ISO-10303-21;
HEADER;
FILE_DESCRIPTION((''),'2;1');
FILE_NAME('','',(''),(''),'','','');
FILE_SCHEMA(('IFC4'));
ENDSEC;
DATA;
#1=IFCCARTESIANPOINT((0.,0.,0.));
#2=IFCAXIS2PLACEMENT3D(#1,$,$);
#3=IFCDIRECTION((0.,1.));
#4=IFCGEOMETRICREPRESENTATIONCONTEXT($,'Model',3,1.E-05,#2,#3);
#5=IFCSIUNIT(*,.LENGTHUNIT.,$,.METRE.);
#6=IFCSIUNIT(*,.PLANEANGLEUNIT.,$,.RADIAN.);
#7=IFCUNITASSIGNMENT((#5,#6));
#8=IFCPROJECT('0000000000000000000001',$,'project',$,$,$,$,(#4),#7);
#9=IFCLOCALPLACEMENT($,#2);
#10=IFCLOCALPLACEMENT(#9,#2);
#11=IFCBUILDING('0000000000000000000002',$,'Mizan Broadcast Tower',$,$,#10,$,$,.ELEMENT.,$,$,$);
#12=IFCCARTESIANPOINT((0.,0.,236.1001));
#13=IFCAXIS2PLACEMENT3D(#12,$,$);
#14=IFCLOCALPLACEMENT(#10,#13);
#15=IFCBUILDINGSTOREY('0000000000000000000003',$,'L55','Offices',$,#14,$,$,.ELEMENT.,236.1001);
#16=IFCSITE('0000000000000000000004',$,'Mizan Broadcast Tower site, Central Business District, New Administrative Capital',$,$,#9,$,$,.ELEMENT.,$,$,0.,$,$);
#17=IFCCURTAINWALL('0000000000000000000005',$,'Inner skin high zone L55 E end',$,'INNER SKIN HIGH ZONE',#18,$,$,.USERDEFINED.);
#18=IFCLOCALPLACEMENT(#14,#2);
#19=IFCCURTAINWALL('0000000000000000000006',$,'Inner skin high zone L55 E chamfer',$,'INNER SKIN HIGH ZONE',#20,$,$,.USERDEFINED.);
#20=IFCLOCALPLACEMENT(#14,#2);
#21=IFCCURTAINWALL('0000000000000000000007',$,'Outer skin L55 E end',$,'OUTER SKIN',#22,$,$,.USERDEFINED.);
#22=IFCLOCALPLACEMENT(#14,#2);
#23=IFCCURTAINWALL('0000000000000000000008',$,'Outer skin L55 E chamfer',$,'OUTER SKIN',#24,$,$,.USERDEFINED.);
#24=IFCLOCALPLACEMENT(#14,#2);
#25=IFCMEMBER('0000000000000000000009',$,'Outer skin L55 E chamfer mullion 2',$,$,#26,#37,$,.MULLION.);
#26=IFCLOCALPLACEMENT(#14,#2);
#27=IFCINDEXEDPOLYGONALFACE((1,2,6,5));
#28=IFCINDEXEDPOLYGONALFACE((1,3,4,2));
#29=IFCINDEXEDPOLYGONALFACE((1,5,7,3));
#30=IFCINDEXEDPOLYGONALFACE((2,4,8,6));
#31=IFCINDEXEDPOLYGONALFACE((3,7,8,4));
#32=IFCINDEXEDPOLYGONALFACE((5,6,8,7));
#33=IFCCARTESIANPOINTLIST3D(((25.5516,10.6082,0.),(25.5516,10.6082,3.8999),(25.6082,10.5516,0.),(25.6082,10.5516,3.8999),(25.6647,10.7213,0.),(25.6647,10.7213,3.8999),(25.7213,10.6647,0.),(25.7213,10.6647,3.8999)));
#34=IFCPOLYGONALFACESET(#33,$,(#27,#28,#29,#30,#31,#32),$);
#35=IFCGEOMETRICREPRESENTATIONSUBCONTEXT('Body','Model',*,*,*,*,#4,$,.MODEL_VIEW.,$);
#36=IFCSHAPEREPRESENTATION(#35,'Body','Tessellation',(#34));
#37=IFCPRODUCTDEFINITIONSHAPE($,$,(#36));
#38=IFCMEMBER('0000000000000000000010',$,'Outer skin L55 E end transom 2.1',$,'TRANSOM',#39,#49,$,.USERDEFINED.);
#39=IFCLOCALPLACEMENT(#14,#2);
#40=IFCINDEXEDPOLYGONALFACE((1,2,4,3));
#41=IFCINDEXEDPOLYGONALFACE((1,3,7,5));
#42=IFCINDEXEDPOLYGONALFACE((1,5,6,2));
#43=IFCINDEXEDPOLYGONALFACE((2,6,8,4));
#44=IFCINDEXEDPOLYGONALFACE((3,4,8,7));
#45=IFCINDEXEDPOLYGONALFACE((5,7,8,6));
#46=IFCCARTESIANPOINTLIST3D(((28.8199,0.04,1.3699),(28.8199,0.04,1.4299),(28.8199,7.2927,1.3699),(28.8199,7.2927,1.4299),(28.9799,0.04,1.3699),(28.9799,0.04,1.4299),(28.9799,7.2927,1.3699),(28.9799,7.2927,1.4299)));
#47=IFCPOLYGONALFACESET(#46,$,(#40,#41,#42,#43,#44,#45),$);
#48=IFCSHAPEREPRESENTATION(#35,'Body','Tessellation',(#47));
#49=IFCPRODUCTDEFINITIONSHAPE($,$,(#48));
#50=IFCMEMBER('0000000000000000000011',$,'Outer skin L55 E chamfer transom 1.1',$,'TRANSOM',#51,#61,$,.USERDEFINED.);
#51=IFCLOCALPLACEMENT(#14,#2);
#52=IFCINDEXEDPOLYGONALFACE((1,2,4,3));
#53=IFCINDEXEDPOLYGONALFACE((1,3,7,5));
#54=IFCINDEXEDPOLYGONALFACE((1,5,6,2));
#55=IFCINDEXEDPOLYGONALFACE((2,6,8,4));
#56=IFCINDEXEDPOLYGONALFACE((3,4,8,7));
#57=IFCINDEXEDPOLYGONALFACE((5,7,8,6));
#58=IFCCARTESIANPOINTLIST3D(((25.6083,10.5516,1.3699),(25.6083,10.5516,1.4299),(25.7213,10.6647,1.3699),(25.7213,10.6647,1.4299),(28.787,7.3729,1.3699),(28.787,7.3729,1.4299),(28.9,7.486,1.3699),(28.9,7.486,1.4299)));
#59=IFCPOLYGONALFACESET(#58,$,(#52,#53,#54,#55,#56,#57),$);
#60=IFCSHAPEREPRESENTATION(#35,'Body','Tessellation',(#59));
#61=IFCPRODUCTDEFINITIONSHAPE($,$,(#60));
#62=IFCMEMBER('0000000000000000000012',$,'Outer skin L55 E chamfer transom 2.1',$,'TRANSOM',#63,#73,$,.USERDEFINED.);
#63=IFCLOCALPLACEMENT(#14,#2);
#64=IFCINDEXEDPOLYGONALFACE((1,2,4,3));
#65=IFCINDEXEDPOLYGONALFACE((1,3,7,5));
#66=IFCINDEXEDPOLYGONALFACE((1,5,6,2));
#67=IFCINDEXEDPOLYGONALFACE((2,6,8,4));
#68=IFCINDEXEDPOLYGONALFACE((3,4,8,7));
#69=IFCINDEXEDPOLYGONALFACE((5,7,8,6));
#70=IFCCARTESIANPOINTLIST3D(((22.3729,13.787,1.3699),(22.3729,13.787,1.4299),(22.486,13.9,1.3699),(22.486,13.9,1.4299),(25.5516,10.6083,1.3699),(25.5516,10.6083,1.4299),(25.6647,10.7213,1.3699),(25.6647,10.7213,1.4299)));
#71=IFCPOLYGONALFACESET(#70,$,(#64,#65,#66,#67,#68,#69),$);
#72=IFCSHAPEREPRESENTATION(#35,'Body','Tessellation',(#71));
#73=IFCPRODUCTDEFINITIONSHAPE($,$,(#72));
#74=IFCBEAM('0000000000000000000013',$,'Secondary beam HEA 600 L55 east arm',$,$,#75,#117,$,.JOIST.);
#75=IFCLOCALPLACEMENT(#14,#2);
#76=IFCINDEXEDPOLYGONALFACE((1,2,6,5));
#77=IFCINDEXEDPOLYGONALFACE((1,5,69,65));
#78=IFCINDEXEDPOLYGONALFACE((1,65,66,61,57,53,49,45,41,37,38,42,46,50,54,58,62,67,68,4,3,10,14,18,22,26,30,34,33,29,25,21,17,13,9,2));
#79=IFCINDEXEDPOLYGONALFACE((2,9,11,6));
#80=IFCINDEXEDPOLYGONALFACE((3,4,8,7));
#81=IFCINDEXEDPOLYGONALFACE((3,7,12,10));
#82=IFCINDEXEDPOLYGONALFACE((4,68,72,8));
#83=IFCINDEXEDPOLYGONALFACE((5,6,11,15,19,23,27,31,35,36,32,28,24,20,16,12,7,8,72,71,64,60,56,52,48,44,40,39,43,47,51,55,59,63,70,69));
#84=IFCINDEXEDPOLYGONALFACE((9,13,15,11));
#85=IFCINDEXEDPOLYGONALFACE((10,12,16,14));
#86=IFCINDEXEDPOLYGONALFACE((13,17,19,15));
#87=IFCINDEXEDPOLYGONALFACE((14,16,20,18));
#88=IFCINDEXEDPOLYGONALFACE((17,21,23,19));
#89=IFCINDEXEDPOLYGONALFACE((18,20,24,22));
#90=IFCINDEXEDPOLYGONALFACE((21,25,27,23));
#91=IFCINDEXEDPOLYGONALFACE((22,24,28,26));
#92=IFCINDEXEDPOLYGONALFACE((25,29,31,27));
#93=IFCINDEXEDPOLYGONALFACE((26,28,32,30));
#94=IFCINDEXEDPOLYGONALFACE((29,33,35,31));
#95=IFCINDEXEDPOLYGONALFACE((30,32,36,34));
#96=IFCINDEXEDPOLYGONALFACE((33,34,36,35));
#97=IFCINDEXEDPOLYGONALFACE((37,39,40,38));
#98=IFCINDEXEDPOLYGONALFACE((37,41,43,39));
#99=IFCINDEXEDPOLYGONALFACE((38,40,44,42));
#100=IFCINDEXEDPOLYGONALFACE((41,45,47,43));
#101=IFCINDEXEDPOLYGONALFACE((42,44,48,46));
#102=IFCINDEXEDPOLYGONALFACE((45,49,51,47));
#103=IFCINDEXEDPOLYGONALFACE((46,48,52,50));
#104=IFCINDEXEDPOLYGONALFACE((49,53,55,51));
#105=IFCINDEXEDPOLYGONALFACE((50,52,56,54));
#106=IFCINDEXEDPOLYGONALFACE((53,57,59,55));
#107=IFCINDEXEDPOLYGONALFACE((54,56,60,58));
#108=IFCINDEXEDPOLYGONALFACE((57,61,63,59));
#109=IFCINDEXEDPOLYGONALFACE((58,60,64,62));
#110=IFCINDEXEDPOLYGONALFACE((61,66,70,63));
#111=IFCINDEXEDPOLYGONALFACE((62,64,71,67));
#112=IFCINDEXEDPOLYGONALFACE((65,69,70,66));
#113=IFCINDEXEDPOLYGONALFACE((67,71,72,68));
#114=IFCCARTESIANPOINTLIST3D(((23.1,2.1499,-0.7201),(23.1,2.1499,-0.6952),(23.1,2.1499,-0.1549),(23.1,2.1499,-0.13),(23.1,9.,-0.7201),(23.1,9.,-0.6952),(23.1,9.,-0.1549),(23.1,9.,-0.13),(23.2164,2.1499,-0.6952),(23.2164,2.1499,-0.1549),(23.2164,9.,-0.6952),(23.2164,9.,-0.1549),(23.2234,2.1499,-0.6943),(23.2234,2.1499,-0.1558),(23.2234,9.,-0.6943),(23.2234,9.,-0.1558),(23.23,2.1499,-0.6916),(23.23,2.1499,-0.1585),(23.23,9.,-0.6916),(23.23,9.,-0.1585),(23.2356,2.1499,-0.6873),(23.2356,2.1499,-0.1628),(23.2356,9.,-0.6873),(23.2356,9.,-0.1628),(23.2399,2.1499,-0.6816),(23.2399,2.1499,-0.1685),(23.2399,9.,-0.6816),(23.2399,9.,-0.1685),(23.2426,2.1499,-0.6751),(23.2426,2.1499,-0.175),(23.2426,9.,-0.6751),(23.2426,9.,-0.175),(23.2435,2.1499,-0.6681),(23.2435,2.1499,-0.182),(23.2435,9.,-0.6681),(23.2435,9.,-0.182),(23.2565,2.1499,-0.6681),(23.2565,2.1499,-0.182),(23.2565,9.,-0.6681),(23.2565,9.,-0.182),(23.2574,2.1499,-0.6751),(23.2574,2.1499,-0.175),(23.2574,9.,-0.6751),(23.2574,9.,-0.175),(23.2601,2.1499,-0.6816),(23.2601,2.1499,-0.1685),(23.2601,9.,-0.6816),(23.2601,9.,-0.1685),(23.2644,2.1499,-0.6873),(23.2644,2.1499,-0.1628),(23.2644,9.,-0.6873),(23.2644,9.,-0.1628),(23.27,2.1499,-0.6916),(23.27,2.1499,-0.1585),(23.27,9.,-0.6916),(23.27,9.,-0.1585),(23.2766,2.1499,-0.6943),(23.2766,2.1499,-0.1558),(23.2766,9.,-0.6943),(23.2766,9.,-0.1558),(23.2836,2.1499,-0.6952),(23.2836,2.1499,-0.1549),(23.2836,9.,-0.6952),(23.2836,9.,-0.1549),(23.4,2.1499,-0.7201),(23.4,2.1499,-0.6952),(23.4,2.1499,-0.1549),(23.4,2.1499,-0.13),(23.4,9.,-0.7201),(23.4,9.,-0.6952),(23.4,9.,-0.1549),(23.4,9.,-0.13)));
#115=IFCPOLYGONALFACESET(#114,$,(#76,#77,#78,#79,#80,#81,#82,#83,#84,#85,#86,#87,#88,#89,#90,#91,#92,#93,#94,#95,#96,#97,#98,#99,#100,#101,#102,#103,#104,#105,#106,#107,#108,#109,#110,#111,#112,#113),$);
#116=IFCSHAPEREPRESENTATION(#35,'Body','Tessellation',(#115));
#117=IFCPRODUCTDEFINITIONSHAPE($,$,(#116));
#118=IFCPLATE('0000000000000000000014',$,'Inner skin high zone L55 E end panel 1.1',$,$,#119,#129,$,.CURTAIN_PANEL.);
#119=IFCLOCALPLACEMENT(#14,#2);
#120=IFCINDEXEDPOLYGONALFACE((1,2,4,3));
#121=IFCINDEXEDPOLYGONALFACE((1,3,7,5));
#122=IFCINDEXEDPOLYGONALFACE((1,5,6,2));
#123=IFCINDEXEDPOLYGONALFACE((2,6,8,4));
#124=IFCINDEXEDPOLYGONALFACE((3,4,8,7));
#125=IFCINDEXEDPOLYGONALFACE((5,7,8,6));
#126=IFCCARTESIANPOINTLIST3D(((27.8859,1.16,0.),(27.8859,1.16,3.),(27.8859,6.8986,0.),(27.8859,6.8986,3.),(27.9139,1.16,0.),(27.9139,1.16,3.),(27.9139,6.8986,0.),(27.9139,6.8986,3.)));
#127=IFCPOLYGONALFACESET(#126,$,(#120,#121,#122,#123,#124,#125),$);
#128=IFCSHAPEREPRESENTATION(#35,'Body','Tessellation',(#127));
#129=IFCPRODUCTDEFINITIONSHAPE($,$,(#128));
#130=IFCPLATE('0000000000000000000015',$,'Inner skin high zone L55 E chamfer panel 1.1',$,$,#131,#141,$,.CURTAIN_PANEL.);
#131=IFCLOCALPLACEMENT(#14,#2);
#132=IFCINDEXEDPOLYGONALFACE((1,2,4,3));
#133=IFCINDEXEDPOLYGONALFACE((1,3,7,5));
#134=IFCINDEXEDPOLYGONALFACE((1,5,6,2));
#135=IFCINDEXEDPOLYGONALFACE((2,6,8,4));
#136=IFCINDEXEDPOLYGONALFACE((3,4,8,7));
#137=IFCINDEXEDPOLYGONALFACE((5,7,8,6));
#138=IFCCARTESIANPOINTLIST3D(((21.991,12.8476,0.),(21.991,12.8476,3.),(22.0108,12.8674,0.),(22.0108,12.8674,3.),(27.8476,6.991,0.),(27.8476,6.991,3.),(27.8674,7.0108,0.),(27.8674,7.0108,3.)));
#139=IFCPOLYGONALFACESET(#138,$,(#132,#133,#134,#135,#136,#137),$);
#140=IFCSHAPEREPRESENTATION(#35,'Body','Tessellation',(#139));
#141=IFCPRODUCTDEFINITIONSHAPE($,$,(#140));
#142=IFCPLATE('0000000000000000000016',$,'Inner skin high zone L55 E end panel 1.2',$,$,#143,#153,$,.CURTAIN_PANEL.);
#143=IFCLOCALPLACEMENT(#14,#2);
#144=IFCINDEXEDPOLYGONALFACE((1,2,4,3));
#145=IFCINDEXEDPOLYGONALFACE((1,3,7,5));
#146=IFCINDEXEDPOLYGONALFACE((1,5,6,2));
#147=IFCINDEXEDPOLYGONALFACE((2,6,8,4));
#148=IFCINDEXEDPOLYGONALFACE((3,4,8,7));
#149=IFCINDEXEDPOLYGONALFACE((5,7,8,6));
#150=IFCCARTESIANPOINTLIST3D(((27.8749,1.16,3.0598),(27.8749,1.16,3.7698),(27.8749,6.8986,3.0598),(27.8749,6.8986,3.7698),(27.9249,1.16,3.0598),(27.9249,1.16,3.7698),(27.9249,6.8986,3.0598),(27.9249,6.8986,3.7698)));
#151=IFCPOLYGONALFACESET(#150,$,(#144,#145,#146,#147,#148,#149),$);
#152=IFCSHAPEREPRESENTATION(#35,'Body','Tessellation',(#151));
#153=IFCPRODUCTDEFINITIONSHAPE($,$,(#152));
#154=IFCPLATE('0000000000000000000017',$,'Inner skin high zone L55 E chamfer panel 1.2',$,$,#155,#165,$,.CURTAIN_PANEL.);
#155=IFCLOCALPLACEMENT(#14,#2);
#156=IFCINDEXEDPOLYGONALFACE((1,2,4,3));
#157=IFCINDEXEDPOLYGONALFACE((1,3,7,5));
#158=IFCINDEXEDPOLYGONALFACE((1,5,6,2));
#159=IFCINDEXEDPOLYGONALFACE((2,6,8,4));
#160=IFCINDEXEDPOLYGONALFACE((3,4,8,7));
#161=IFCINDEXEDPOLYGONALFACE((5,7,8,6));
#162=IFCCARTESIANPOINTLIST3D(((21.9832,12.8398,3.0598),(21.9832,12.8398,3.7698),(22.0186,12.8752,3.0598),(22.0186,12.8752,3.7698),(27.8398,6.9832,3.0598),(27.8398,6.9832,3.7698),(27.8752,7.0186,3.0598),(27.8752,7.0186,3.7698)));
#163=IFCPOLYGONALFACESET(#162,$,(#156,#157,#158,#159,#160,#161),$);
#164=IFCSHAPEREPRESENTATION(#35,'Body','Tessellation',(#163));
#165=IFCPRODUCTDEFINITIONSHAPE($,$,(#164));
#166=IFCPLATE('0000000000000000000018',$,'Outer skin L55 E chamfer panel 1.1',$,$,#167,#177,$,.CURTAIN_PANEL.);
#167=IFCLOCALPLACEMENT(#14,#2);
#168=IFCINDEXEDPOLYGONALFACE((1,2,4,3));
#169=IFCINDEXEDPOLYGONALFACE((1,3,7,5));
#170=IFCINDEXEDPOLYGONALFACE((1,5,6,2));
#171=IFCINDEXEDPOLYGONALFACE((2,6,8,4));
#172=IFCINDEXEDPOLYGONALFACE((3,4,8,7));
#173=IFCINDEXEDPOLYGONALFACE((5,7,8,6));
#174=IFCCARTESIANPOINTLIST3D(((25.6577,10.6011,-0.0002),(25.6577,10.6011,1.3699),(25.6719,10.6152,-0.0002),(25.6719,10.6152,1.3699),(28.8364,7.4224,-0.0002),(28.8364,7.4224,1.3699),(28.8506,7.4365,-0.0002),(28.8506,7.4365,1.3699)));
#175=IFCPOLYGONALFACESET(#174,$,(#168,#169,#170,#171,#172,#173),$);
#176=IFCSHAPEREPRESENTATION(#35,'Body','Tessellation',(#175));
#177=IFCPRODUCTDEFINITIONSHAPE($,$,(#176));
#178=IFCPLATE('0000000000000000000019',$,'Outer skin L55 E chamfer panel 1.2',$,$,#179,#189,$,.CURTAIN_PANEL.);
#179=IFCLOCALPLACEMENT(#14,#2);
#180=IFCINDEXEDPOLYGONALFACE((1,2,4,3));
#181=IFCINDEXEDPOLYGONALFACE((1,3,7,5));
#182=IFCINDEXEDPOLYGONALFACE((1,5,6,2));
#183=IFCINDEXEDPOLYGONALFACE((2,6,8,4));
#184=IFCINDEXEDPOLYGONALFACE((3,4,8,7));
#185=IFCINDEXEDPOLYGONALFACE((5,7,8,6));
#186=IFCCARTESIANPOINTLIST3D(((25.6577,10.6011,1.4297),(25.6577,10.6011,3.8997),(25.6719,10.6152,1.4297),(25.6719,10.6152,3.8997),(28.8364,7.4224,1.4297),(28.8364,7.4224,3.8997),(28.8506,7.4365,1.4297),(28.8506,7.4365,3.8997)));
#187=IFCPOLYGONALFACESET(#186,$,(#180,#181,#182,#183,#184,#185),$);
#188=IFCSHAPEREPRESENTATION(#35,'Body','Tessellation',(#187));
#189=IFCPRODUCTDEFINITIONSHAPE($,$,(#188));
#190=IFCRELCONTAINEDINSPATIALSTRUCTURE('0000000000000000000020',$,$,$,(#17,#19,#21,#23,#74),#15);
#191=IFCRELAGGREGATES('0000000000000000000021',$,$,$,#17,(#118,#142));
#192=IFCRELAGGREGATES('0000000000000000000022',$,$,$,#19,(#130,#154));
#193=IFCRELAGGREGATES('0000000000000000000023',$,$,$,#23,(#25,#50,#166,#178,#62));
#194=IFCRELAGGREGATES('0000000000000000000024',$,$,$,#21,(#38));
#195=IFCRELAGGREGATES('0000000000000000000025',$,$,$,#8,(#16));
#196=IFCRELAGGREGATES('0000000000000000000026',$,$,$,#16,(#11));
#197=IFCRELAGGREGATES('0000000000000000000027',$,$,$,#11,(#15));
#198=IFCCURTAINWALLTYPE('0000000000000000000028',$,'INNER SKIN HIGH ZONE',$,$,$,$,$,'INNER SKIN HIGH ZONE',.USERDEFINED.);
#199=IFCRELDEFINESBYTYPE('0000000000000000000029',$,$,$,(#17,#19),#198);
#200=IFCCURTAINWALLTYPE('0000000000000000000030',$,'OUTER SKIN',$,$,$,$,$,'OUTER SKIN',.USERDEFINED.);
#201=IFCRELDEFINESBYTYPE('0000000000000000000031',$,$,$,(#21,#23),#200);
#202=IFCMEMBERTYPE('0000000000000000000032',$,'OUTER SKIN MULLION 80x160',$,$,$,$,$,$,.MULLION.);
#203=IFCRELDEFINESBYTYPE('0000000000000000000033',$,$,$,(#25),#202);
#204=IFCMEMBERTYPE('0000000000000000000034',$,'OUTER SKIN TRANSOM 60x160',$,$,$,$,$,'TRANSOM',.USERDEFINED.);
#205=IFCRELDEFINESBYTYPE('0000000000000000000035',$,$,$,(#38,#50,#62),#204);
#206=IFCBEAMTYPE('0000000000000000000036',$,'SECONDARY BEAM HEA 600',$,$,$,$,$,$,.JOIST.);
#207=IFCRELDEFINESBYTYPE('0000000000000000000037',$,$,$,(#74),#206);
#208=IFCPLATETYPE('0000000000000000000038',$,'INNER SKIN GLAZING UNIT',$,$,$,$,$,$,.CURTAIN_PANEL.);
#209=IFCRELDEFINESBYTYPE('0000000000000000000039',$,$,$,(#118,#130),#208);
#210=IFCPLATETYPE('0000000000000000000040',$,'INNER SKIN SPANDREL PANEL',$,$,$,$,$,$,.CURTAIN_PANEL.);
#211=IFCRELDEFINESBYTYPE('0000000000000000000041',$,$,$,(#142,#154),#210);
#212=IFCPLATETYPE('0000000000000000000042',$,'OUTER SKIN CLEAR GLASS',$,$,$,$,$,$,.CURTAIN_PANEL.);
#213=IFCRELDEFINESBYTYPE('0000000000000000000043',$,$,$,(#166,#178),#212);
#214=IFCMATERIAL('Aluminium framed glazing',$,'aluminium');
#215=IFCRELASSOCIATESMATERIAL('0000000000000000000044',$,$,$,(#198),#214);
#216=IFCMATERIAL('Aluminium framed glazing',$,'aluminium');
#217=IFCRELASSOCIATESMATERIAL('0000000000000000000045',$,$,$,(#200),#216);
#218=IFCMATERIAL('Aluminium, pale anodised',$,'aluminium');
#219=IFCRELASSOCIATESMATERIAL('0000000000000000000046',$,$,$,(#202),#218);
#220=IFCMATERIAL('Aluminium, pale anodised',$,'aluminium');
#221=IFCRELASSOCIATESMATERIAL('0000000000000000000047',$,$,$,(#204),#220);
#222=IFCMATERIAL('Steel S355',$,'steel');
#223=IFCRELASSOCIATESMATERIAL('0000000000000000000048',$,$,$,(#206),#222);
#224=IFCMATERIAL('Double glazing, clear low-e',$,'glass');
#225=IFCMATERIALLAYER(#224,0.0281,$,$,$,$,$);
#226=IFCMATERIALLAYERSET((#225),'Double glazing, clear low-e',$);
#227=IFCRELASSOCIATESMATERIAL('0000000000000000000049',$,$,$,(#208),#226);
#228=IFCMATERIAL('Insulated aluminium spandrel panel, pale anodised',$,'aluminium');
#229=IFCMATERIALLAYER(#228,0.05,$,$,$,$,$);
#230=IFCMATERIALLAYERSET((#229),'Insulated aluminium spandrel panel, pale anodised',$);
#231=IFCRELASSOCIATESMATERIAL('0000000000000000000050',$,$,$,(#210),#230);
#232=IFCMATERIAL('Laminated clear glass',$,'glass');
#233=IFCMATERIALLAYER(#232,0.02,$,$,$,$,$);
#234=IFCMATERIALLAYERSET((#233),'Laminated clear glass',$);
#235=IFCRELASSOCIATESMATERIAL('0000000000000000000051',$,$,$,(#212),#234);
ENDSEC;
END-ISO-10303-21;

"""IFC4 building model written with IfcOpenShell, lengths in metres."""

from ifc_helpers import new_model, si_unit, direction, frame, origin, origin_2d, place, context, subcontext, project, spatial, rectangle, i_section, extrude, material, layer, layer_set, material_profile, profile_set, type_object, element, aggregate, save


model = new_model("IFC4")

# Units and contexts
model_context = context("Model", 3, precision=1e-05, world=origin(), true_north=direction((0.0, 1.0)))
body_context = subcontext(model_context, "Body", "Model", "MODEL_VIEW")
ifc_project = project(units=[si_unit("LENGTHUNIT", "METRE"), si_unit("PLANEANGLEUNIT", "RADIAN")], contexts=[model_context])

# Site, building, storey
site_placement = place(None, origin())
site = spatial("IfcSite", under=ifc_project, at=site_placement, Name="Mizan Broadcast Tower site, Central Business District, New Administrative Capital", CompositionType="ELEMENT", RefElevation=0.0)
building_placement = place(site_placement, origin())
building = spatial("IfcBuilding", under=site, at=building_placement, Name="Mizan Broadcast Tower", CompositionType="ELEMENT")
storey_placement = place(building_placement, frame((0.0, 0.0, 236.1001)))
storey = spatial("IfcBuildingStorey", under=building, at=storey_placement, Name="L55", Description="Offices", CompositionType="ELEMENT", Elevation=236.1001)

# Curtain wall
ifc_material_1 = material(Name="Aluminium framed glazing", Category="aluminium")
curtain_wall_type_1 = type_object("IfcCurtainWallType", Name="INNER SKIN HIGH ZONE", ElementType="INNER SKIN HIGH ZONE", PredefinedType="USERDEFINED", material=ifc_material_1)
curtain_wall_1_placement = place(storey_placement, origin())
curtain_wall_1 = element("IfcCurtainWall", 1, at=curtain_wall_1_placement, inside=storey, type_object=curtain_wall_type_1, Name="Inner skin high zone L55 E end", ObjectType="INNER SKIN HIGH ZONE", PredefinedType="USERDEFINED")

# Curtain wall
curtain_wall_2_placement = place(storey_placement, origin())
curtain_wall_2 = element("IfcCurtainWall", 2, at=curtain_wall_2_placement, inside=storey, type_object=curtain_wall_type_1, Name="Inner skin high zone L55 E chamfer", ObjectType="INNER SKIN HIGH ZONE", PredefinedType="USERDEFINED")

# Curtain wall
ifc_material_2 = material(Name="Aluminium framed glazing", Category="aluminium")
curtain_wall_type_2 = type_object("IfcCurtainWallType", Name="OUTER SKIN", ElementType="OUTER SKIN", PredefinedType="USERDEFINED", material=ifc_material_2)
curtain_wall_3_placement = place(storey_placement, origin())
curtain_wall_3 = element("IfcCurtainWall", 3, at=curtain_wall_3_placement, inside=storey, type_object=curtain_wall_type_2, Name="Outer skin L55 E end", ObjectType="OUTER SKIN", PredefinedType="USERDEFINED")
ifc_material_3 = material(Name="Aluminium, pale anodised", Category="aluminium")
ifc_material_profile_1 = material_profile(ifc_material_3, rectangle(XDim=0.1599, YDim=0.0801, at=origin_2d()), Name="MULLION 160x80")
ifc_profile_set_1 = profile_set([ifc_material_profile_1], Name="Aluminium, pale anodised")
member_type_1 = type_object("IfcMemberType", Name="OUTER SKIN MULLION 80x160", PredefinedType="MULLION", material=ifc_profile_set_1)

# Curtain wall, member
curtain_wall_4_placement = place(storey_placement, origin())
curtain_wall_4 = element("IfcCurtainWall", 4, at=curtain_wall_4_placement, inside=storey, type_object=curtain_wall_type_2, Name="Outer skin L55 E chamfer", ObjectType="OUTER SKIN", PredefinedType="USERDEFINED")
member_1_placement = place(storey_placement, frame((25.6365, 10.6365, 0.0), z_axis=(0.0, 0.0, 1.0), x_axis=(-0.707107, -0.707107, 0.0)))
member_1 = element("IfcMember", 5, at=member_1_placement, type_object=member_type_1, Name="Outer skin L55 E chamfer mullion 2", PredefinedType="MULLION", context=body_context, shape_type="SweptSolid", body=[
    extrude(rectangle(XDim=0.1599, YDim=0.0801, at=origin_2d()), origin(), (0.0, 0.0, 1.0), 3.8999),
])

# Members
ifc_material_4 = material(Name="Aluminium, pale anodised", Category="aluminium")
ifc_material_profile_2 = material_profile(ifc_material_4, rectangle(XDim=0.1599, YDim=0.0601, at=origin_2d()), Name="TRANSOM 160x60")
ifc_profile_set_2 = profile_set([ifc_material_profile_2], Name="Aluminium, pale anodised")
member_type_2 = type_object("IfcMemberType", Name="OUTER SKIN TRANSOM 60x160", ElementType="TRANSOM", PredefinedType="USERDEFINED", material=ifc_profile_set_2)
member_2_placement = place(storey_placement, frame((28.8999, 0.04, 1.3999), z_axis=(0.0, 1.0, 0.0), x_axis=(-1.0, 0.0, 0.0)))
member_2 = element("IfcMember", 6, at=member_2_placement, type_object=member_type_2, Name="Outer skin L55 E end transom 2.1", ObjectType="TRANSOM", PredefinedType="USERDEFINED", context=body_context, shape_type="SweptSolid", body=[
    extrude(rectangle(XDim=0.1599, YDim=0.0601, at=origin_2d()), origin(), (0.0, 0.0, 1.0), 7.2527),
])
member_3_placement = place(storey_placement, frame((28.8435, 7.4294, 1.3999), z_axis=(-0.707107, 0.707107, 0.0), x_axis=(-0.707107, -0.707107, 0.0)))
member_3 = element("IfcMember", 7, at=member_3_placement, type_object=member_type_2, Name="Outer skin L55 E chamfer transom 1.1", ObjectType="TRANSOM", PredefinedType="USERDEFINED", context=body_context, shape_type="SweptSolid", body=[
    extrude(rectangle(XDim=0.1599, YDim=0.0601, at=origin_2d()), origin(), (0.0, 0.0, 1.0), 4.4954),
])
member_4_placement = place(storey_placement, frame((25.6082, 10.6648, 1.3999), z_axis=(-0.707107, 0.707107, 0.0), x_axis=(-0.707107, -0.707107, 0.0)))
member_4 = element("IfcMember", 8, at=member_4_placement, type_object=member_type_2, Name="Outer skin L55 E chamfer transom 2.1", ObjectType="TRANSOM", PredefinedType="USERDEFINED", context=body_context, shape_type="SweptSolid", body=[
    extrude(rectangle(XDim=0.1599, YDim=0.0601, at=origin_2d()), origin(), (0.0, 0.0, 1.0), 4.4954),
])

# Beam
ifc_material_5 = material(Name="Steel S355", Category="steel")
ifc_material_profile_3 = material_profile(ifc_material_5, i_section(OverallWidth=0.3, OverallDepth=0.5901, WebThickness=0.0129, FlangeThickness=0.0249, FilletRadius=0.0271, at=origin_2d()), Name="HEA 600")
ifc_profile_set_3 = profile_set([ifc_material_profile_3], Name="Steel S355")
beam_type_1 = type_object("IfcBeamType", Name="SECONDARY BEAM HEA 600", PredefinedType="JOIST", material=ifc_profile_set_3)
beam_1_placement = place(storey_placement, frame((23.25, 9.0, -0.425), z_axis=(0.0, -1.0, 0.0), x_axis=(1.0, 0.0, 0.0)))
element("IfcBeam", 9, at=beam_1_placement, inside=storey, type_object=beam_type_1, Name="Secondary beam HEA 600 L55 east arm", PredefinedType="JOIST", context=body_context, shape_type="SweptSolid", body=[
    extrude(i_section(OverallWidth=0.3, OverallDepth=0.5901, WebThickness=0.0129, FlangeThickness=0.0249, FilletRadius=0.0271, at=origin_2d()), origin(), (0.0, 0.0, 1.0), 6.8501),
])

# Plates
ifc_material_6 = material(Name="Double glazing, clear low-e", Category="glass")
ifc_layer_1 = layer(ifc_material_6, 0.0281)
ifc_layer_set_1 = layer_set([ifc_layer_1], Name="Double glazing, clear low-e")
plate_type_1 = type_object("IfcPlateType", Name="INNER SKIN GLAZING UNIT", PredefinedType="CURTAIN_PANEL", material=ifc_layer_set_1)
plate_1_placement = place(storey_placement, frame((27.8999, 4.0293, 0.0), z_axis=(0.0, 0.0, 1.0), x_axis=(0.0, 1.0, 0.0)))
plate_1 = element("IfcPlate", 10, at=plate_1_placement, type_object=plate_type_1, Name="Inner skin high zone L55 E end panel 1.1", PredefinedType="CURTAIN_PANEL", context=body_context, shape_type="SweptSolid", body=[
    extrude(rectangle(XDim=5.7385, YDim=0.0281, at=origin_2d()), origin(), (0.0, 0.0, 1.0), 3.0),
])
plate_2_placement = place(storey_placement, frame((24.9292, 9.9292, 0.0), z_axis=(0.0, 0.0, 1.0), x_axis=(-0.707107, 0.707107, 0.0)))
plate_2 = element("IfcPlate", 11, at=plate_2_placement, type_object=plate_type_1, Name="Inner skin high zone L55 E chamfer panel 1.1", PredefinedType="CURTAIN_PANEL", context=body_context, shape_type="SweptSolid", body=[
    extrude(rectangle(XDim=8.2825, YDim=0.0281, at=origin_2d()), origin(), (0.0, 0.0, 1.0), 3.0),
])
ifc_material_7 = material(Name="Insulated aluminium spandrel panel, pale anodised", Category="aluminium")
ifc_layer_2 = layer(ifc_material_7, 0.05)
ifc_layer_set_2 = layer_set([ifc_layer_2], Name="Insulated aluminium spandrel panel, pale anodised")
plate_type_2 = type_object("IfcPlateType", Name="INNER SKIN SPANDREL PANEL", PredefinedType="CURTAIN_PANEL", material=ifc_layer_set_2)
plate_3_placement = place(storey_placement, frame((27.8999, 4.0293, 3.0598), z_axis=(0.0, 0.0, 1.0), x_axis=(0.0, 1.0, 0.0)))
plate_3 = element("IfcPlate", 12, at=plate_3_placement, type_object=plate_type_2, Name="Inner skin high zone L55 E end panel 1.2", PredefinedType="CURTAIN_PANEL", context=body_context, shape_type="SweptSolid", body=[
    extrude(rectangle(XDim=5.7385, YDim=0.05, at=origin_2d()), origin(), (0.0, 0.0, 1.0), 0.71),
])
aggregate(curtain_wall_1, [plate_1, plate_3])
plate_4_placement = place(storey_placement, frame((24.9292, 9.9292, 3.0598), z_axis=(0.0, 0.0, 1.0), x_axis=(-0.707107, 0.707107, 0.0)))
plate_4 = element("IfcPlate", 13, at=plate_4_placement, type_object=plate_type_2, Name="Inner skin high zone L55 E chamfer panel 1.2", PredefinedType="CURTAIN_PANEL", context=body_context, shape_type="SweptSolid", body=[
    extrude(rectangle(XDim=8.2825, YDim=0.05, at=origin_2d()), origin(), (0.0, 0.0, 1.0), 0.71),
])
aggregate(curtain_wall_2, [plate_2, plate_4])
ifc_material_8 = material(Name="Laminated clear glass", Category="glass")
ifc_layer_3 = layer(ifc_material_8, 0.02)
ifc_layer_set_3 = layer_set([ifc_layer_3], Name="Laminated clear glass")
plate_type_3 = type_object("IfcPlateType", Name="OUTER SKIN CLEAR GLASS", PredefinedType="CURTAIN_PANEL", material=ifc_layer_set_3)
plate_5_placement = place(storey_placement, frame((27.2542, 9.0188, -0.0002), z_axis=(0.0, 0.0, 1.0), x_axis=(-0.707107, 0.707107, 0.0)))
plate_5 = element("IfcPlate", 14, at=plate_5_placement, type_object=plate_type_3, Name="Outer skin L55 E chamfer panel 1.1", PredefinedType="CURTAIN_PANEL", context=body_context, shape_type="SweptSolid", body=[
    extrude(rectangle(XDim=4.4954, YDim=0.02, at=origin_2d()), origin(), (0.0, 0.0, 1.0), 1.3701),
])
plate_6_placement = place(storey_placement, frame((27.2542, 9.0188, 1.4297), z_axis=(0.0, 0.0, 1.0), x_axis=(-0.707107, 0.707107, 0.0)))
plate_6 = element("IfcPlate", 15, at=plate_6_placement, type_object=plate_type_3, Name="Outer skin L55 E chamfer panel 1.2", PredefinedType="CURTAIN_PANEL", context=body_context, shape_type="SweptSolid", body=[
    extrude(rectangle(XDim=4.4954, YDim=0.02, at=origin_2d()), origin(), (0.0, 0.0, 1.0), 2.47),
])
aggregate(curtain_wall_4, [member_1, member_3, plate_5, plate_6, member_4])
aggregate(curtain_wall_3, [member_2])

save(model, "model.ifc")
